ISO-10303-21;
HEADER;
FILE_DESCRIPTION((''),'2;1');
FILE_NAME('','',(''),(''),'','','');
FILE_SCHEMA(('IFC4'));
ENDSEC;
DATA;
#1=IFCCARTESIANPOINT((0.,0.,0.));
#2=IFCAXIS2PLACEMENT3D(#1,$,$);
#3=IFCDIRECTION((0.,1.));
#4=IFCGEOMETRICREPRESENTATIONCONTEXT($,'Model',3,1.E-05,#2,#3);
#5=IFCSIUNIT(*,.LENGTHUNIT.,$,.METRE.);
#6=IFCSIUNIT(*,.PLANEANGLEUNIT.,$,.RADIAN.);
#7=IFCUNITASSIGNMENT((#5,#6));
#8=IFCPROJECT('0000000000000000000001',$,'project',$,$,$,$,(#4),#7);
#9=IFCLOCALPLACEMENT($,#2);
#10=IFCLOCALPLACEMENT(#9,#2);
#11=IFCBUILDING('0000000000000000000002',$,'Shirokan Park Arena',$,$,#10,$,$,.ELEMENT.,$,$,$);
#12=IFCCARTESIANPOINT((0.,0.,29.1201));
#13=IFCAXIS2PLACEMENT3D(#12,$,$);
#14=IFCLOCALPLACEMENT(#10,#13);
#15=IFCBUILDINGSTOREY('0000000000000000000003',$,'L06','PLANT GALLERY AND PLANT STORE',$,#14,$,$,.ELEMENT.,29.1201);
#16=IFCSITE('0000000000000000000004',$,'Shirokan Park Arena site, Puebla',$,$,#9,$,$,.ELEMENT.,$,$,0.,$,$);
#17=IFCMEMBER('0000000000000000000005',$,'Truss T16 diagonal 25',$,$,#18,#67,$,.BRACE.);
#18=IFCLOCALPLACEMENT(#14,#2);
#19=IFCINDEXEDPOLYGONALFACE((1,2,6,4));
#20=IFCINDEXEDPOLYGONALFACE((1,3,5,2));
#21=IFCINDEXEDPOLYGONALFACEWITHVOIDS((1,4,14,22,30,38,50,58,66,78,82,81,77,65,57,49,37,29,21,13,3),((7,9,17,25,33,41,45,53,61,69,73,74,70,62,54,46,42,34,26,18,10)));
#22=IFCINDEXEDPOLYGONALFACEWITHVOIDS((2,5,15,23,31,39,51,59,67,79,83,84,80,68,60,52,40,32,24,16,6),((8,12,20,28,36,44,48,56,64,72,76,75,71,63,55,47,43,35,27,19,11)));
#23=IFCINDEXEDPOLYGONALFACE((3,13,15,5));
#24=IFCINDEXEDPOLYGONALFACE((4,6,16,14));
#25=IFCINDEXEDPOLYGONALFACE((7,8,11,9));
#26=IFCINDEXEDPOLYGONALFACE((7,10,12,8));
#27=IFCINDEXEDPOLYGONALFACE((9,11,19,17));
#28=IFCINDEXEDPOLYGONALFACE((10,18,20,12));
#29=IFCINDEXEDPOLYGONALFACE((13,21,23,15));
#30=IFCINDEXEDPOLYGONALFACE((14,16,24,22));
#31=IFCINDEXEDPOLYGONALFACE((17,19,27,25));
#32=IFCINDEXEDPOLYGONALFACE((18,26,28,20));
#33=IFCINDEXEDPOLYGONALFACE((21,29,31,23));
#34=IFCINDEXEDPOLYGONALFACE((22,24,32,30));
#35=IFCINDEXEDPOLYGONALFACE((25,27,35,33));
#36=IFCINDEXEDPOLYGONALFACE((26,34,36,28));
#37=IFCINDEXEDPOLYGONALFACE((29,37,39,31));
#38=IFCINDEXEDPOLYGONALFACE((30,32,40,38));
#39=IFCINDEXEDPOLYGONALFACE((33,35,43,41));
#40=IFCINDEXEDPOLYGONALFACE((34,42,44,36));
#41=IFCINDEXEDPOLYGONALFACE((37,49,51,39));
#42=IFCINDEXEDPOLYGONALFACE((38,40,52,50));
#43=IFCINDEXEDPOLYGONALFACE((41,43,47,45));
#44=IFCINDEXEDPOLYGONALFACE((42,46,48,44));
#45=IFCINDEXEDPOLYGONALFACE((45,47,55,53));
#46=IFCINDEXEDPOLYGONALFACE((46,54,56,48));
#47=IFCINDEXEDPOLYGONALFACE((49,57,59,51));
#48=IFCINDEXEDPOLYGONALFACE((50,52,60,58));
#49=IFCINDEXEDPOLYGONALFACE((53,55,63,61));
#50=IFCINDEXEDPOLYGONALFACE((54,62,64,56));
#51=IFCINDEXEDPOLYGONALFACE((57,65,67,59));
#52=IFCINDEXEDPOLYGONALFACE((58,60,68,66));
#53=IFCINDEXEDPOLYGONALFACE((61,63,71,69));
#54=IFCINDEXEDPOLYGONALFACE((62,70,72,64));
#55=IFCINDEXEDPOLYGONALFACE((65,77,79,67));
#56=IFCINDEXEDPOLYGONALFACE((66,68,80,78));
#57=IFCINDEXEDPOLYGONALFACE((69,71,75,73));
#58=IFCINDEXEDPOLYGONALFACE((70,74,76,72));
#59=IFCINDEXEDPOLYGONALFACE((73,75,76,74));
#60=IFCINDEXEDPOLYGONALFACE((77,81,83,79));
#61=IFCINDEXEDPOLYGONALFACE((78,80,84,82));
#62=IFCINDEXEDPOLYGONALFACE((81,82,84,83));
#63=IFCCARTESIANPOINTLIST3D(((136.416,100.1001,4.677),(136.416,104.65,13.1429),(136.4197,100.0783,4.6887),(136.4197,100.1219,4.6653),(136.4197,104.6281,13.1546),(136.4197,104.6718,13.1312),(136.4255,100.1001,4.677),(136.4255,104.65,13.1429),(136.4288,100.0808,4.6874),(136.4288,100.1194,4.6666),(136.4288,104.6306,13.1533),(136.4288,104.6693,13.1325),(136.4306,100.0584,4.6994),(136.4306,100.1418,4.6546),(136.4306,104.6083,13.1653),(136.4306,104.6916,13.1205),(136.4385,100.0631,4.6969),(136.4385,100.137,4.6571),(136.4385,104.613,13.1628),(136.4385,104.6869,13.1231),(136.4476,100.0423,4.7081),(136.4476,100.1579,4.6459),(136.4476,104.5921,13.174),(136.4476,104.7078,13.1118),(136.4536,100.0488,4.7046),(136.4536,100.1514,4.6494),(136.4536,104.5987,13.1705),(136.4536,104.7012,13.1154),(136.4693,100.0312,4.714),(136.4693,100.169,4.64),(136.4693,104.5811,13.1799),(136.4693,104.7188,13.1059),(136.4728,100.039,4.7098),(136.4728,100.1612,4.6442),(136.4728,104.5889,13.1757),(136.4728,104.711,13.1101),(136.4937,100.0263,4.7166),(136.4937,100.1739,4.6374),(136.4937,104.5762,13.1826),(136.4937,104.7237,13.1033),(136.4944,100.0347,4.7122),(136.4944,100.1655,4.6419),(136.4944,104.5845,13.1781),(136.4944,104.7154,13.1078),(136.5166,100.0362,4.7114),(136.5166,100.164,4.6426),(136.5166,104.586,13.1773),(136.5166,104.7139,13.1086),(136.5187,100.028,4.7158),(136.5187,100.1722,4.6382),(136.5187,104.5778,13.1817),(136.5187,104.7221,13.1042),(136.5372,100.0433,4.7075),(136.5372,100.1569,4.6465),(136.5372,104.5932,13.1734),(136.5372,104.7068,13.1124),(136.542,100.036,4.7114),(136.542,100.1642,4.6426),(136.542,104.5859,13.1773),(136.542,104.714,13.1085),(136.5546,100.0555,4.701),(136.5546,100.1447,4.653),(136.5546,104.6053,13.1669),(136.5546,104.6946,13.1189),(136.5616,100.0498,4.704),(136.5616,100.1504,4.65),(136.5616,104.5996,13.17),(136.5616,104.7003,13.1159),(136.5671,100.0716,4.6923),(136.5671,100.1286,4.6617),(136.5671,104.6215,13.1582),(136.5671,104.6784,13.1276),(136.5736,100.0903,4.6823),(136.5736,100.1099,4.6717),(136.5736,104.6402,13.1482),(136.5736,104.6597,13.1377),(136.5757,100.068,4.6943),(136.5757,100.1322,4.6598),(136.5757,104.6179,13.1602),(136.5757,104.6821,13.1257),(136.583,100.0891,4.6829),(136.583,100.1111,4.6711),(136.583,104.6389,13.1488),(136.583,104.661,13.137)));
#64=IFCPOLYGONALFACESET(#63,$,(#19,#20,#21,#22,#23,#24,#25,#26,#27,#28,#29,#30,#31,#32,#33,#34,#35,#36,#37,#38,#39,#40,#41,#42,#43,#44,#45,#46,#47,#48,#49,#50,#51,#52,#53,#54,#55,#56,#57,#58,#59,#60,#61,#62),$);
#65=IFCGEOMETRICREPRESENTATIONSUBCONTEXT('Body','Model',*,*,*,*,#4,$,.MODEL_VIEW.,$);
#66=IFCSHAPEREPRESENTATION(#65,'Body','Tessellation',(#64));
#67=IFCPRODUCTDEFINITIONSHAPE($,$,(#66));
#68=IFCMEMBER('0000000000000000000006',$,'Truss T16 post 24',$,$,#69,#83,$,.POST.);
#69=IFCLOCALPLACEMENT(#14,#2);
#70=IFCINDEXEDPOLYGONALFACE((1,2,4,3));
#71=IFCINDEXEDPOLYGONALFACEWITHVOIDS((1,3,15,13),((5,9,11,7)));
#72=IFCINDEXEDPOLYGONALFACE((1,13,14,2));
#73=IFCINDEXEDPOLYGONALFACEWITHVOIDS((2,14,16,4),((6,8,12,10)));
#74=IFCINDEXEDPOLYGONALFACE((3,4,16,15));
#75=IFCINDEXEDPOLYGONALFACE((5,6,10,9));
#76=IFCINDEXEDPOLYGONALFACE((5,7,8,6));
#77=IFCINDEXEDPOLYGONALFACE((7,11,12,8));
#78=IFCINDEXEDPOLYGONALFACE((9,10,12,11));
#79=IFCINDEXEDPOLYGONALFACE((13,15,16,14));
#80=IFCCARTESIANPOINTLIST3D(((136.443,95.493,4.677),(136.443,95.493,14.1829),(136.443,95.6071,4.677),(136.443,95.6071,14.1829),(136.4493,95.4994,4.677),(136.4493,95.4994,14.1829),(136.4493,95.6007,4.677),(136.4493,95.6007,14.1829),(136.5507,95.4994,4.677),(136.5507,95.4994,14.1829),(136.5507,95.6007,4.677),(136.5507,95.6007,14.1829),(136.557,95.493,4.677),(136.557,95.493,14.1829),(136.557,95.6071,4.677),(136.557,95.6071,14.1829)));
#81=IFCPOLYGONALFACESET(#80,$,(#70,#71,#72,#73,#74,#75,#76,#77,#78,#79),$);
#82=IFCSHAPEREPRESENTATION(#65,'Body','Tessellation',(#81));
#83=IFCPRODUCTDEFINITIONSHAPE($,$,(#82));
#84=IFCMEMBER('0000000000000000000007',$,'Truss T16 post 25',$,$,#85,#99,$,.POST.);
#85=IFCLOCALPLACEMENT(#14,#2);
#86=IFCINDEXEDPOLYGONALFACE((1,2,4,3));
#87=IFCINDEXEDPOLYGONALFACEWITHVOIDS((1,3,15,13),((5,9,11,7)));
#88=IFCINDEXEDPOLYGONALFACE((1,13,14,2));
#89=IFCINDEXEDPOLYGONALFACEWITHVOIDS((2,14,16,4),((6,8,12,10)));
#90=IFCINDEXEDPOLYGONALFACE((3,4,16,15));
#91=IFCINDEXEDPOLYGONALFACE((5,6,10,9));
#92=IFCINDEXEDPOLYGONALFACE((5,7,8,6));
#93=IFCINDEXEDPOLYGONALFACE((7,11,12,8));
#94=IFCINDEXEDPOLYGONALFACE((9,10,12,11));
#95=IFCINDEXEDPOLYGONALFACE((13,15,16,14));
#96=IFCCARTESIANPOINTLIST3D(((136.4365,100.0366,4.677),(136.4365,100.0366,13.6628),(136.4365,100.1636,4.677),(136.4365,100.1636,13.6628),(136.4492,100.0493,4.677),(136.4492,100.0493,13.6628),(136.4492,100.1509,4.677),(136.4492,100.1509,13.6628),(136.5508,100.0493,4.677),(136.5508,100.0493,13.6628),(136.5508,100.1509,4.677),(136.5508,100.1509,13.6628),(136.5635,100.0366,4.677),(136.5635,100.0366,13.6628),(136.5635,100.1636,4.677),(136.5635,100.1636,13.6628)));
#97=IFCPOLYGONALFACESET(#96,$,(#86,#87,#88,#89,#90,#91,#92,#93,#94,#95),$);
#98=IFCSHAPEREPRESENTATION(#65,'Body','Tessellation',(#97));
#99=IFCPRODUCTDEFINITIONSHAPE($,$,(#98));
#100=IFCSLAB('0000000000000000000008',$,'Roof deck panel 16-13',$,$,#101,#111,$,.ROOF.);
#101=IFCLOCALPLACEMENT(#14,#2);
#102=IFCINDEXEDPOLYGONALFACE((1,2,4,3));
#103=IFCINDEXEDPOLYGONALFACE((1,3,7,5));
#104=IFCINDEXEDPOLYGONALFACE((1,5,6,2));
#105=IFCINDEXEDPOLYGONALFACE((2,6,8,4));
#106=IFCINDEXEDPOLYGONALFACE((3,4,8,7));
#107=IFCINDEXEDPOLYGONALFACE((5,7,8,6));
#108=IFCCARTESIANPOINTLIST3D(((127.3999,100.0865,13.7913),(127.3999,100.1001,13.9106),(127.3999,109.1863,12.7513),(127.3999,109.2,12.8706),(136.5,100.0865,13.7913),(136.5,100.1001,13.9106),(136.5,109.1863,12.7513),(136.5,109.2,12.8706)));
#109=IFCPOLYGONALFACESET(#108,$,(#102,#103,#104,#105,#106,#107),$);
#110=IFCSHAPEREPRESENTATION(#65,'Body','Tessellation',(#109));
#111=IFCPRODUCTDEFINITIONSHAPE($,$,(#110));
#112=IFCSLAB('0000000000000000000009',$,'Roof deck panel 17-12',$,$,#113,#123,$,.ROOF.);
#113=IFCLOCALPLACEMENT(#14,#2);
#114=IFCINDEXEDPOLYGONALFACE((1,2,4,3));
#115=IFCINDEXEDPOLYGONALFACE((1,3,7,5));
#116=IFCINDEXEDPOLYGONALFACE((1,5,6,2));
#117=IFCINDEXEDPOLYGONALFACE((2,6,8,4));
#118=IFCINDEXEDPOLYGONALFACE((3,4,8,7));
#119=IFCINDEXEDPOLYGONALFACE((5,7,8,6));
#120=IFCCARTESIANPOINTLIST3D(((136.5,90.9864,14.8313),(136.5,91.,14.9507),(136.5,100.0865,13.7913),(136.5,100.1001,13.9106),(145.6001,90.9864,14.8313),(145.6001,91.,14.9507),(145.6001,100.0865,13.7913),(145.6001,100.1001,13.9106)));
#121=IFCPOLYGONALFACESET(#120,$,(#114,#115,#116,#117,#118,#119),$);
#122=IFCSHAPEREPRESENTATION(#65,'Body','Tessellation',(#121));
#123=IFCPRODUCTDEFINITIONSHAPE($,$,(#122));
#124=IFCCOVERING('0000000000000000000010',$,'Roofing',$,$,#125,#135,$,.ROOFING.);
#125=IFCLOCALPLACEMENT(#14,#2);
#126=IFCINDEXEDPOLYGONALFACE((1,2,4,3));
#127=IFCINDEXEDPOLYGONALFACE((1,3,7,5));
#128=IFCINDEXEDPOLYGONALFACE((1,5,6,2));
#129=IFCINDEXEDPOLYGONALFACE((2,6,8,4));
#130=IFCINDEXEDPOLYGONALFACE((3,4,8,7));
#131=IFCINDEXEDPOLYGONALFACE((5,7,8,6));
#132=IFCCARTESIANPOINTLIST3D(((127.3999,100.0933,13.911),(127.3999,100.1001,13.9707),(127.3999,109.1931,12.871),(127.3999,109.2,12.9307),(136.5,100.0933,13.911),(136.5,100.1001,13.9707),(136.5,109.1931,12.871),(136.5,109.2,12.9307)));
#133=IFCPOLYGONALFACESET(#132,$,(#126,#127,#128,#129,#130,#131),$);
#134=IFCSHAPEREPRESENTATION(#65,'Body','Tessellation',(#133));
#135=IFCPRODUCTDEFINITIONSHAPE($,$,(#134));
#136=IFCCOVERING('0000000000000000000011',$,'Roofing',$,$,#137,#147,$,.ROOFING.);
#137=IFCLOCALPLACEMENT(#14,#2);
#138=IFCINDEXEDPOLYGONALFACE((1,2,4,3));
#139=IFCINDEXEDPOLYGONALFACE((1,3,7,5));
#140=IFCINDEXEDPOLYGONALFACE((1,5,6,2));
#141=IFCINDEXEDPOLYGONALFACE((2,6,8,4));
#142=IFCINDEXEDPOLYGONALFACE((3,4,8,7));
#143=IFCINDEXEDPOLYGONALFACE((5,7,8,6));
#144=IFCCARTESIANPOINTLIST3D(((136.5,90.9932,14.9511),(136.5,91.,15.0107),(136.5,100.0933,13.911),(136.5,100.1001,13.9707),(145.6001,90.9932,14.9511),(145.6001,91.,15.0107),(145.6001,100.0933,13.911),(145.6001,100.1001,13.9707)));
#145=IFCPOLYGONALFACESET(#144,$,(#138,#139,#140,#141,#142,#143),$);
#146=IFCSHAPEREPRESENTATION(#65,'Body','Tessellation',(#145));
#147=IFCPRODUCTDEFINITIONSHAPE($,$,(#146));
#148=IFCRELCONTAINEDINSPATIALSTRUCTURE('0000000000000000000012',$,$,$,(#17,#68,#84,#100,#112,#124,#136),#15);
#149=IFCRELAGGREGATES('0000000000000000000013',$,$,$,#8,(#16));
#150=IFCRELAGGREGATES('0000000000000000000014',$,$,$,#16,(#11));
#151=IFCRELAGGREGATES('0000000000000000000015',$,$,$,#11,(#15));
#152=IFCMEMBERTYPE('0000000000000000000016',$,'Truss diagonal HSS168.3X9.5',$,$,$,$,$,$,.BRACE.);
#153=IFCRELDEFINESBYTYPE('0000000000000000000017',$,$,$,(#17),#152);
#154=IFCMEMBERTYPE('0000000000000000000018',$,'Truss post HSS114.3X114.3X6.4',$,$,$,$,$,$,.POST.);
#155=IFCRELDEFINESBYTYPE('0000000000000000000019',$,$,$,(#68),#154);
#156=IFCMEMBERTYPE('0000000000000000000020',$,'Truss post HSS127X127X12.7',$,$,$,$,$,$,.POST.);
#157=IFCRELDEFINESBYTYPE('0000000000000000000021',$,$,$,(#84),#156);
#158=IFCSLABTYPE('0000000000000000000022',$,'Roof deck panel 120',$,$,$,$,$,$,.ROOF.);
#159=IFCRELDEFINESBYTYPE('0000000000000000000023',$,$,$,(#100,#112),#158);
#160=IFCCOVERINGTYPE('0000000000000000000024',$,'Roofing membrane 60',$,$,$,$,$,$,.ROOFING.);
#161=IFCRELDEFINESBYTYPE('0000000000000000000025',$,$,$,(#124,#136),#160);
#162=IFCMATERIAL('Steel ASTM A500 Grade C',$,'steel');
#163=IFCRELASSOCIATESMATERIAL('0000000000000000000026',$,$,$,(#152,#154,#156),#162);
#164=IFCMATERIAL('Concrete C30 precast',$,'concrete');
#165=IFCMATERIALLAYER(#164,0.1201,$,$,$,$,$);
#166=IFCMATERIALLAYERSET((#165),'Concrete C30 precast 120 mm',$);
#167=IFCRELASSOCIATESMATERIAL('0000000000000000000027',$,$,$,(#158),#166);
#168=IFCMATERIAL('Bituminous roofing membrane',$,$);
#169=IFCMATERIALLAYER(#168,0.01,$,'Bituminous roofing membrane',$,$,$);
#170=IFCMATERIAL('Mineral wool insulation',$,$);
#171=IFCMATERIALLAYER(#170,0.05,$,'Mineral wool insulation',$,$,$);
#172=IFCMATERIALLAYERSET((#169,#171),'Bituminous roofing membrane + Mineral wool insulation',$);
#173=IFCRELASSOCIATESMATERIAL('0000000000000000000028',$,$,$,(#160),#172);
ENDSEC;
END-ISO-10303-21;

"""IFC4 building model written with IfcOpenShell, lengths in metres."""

from ifc_helpers import new_model, si_unit, direction, frame, origin, origin_2d, place, context, subcontext, project, spatial, polyline, hollow_rectangle, hollow_circle, outline, extrude, material, layer, layer_set, material_profile, profile_set, type_object, element, save


model = new_model("IFC4")

# Units and contexts
model_context = context("Model", 3, precision=1e-05, world=origin(), true_north=direction((0.0, 1.0)))
body_context = subcontext(model_context, "Body", "Model", "MODEL_VIEW")
ifc_project = project(units=[si_unit("LENGTHUNIT", "METRE"), si_unit("PLANEANGLEUNIT", "RADIAN")], contexts=[model_context])

# Site, building, storey
site_placement = place(None, origin())
site = spatial("IfcSite", under=ifc_project, at=site_placement, Name="Shirokan Park Arena site, Puebla", CompositionType="ELEMENT", RefElevation=0.0)
building_placement = place(site_placement, origin())
building = spatial("IfcBuilding", under=site, at=building_placement, Name="Shirokan Park Arena", CompositionType="ELEMENT")
storey_placement = place(building_placement, frame((0.0, 0.0, 29.1201)))
storey = spatial("IfcBuildingStorey", under=building, at=storey_placement, Name="L06", Description="PLANT GALLERY AND PLANT STORE", CompositionType="ELEMENT", Elevation=29.1201)

# Members
ifc_material_1 = material(Name="Steel ASTM A500 Grade C", Category="steel")
ifc_material_profile_1 = material_profile(ifc_material_1, hollow_circle(Radius=0.084, WallThickness=0.0095, at=origin_2d()), Name="HSS168.3X9.5")
ifc_profile_set_1 = profile_set([ifc_material_profile_1], Name="Steel ASTM A500 Grade C")
member_type_1 = type_object("IfcMemberType", Name="Truss diagonal HSS168.3X9.5", PredefinedType="BRACE", material=ifc_profile_set_1)
member_1_placement = place(storey_placement, frame((136.5, 100.1001, 4.677), z_axis=(0.0, 0.473397, 0.880849), x_axis=(-1.0, 0.0, 0.0)))
element("IfcMember", 1, at=member_1_placement, inside=storey, type_object=member_type_1, Name="Truss T16 diagonal 25", PredefinedType="BRACE", context=body_context, shape_type="SweptSolid", body=[
    extrude(hollow_circle(Radius=0.084, WallThickness=0.0095, at=origin_2d()), origin(), (0.0, 0.0, 1.0), 9.6111),
])
ifc_material_profile_2 = material_profile(ifc_material_1, hollow_rectangle(XDim=0.114, YDim=0.114, WallThickness=0.0063, at=origin_2d()), Name="HSS114.3X114.3X6.4")
ifc_profile_set_2 = profile_set([ifc_material_profile_2], Name="Steel ASTM A500 Grade C")
member_type_2 = type_object("IfcMemberType", Name="Truss post HSS114.3X114.3X6.4", PredefinedType="POST", material=ifc_profile_set_2)
member_2_placement = place(storey_placement, frame((136.5, 95.55, 4.677), z_axis=(0.0, 0.0, 1.0), x_axis=(1.0, 0.0, 0.0)))
element("IfcMember", 2, at=member_2_placement, inside=storey, type_object=member_type_2, Name="Truss T16 post 24", PredefinedType="POST", context=body_context, shape_type="SweptSolid", body=[
    extrude(hollow_rectangle(XDim=0.114, YDim=0.114, WallThickness=0.0063, at=origin_2d()), origin(), (0.0, 0.0, 1.0), 9.5059),
])
ifc_material_profile_3 = material_profile(ifc_material_1, hollow_rectangle(XDim=0.127, YDim=0.127, WallThickness=0.0127, at=origin_2d()), Name="HSS127X127X12.7")
ifc_profile_set_3 = profile_set([ifc_material_profile_3], Name="Steel ASTM A500 Grade C")
member_type_3 = type_object("IfcMemberType", Name="Truss post HSS127X127X12.7", PredefinedType="POST", material=ifc_profile_set_3)
member_3_placement = place(storey_placement, frame((136.5, 100.1001, 4.677), z_axis=(0.0, 0.0, 1.0), x_axis=(1.0, 0.0, 0.0)))
element("IfcMember", 3, at=member_3_placement, inside=storey, type_object=member_type_3, Name="Truss T16 post 25", PredefinedType="POST", context=body_context, shape_type="SweptSolid", body=[
    extrude(hollow_rectangle(XDim=0.127, YDim=0.127, WallThickness=0.0127, at=origin_2d()), origin(), (0.0, 0.0, 1.0), 8.9858),
])

# Slabs
ifc_material_2 = material(Name="Concrete C30 precast", Category="concrete")
ifc_layer_1 = layer(ifc_material_2, 0.1201)
ifc_layer_set_1 = layer_set([ifc_layer_1], Name="Concrete C30 precast 120 mm")
slab_type = type_object("IfcSlabType", Name="Roof deck panel 120", PredefinedType="ROOF", material=ifc_layer_set_1)
slab_1_placement = place(storey_placement, frame((127.3999, 100.1001, 13.9106), z_axis=(0.0, 0.113553, 0.993532), x_axis=(1.0, 0.0, 0.0)))
element("IfcSlab", 4, at=slab_1_placement, inside=storey, type_object=slab_type, Name="Roof deck panel 16-13", PredefinedType="ROOF", context=body_context, shape_type="SweptSolid", body=[
    extrude(outline(polyline([(0.0, 0.0), (9.1001, 0.0), (9.1001, 9.1591), (0.0, 9.1591), (0.0, 0.0)])), origin(), (0.0, 0.0, -1.0), 0.1201),
])
slab_2_placement = place(storey_placement, frame((136.5, 91.0, 14.9507), z_axis=(0.0, 0.11355, 0.993532), x_axis=(1.0, 0.0, 0.0)))
element("IfcSlab", 5, at=slab_2_placement, inside=storey, type_object=slab_type, Name="Roof deck panel 17-12", PredefinedType="ROOF", context=body_context, shape_type="SweptSolid", body=[
    extrude(outline(polyline([(0.0, 0.0), (9.1001, 0.0), (9.1001, 9.1593), (0.0, 9.1593), (0.0, 0.0)])), origin(), (0.0, 0.0, -1.0), 0.1201),
])

# Coverings
ifc_material_3 = material(Name="Bituminous roofing membrane")
ifc_layer_2 = layer(ifc_material_3, 0.01, Name="Bituminous roofing membrane")
ifc_material_4 = material(Name="Mineral wool insulation")
ifc_layer_3 = layer(ifc_material_4, 0.05, Name="Mineral wool insulation")
ifc_layer_set_2 = layer_set([ifc_layer_2, ifc_layer_3], Name="Bituminous roofing membrane + Mineral wool insulation")
covering_type = type_object("IfcCoveringType", Name="Roofing membrane 60", PredefinedType="ROOFING", material=ifc_layer_set_2)
covering_1_placement = place(storey_placement, frame((127.3999, 100.1001, 13.9707), z_axis=(0.0, 0.113553, 0.993532), x_axis=(1.0, 0.0, 0.0)))
element("IfcCovering", 6, at=covering_1_placement, inside=storey, type_object=covering_type, Name="Roofing", PredefinedType="ROOFING", context=body_context, shape_type="SweptSolid", body=[
    extrude(outline(polyline([(0.0, 0.0), (9.1001, 0.0), (9.1001, 9.1591), (0.0, 9.1591), (0.0, 0.0)])), origin(), (0.0, 0.0, -1.0), 0.0601),
])
covering_2_placement = place(storey_placement, frame((136.5, 91.0, 15.0107), z_axis=(0.0, 0.11355, 0.993532), x_axis=(1.0, 0.0, 0.0)))
element("IfcCovering", 7, at=covering_2_placement, inside=storey, type_object=covering_type, Name="Roofing", PredefinedType="ROOFING", context=body_context, shape_type="SweptSolid", body=[
    extrude(outline(polyline([(0.0, 0.0), (9.1001, 0.0), (9.1001, 9.1593), (0.0, 9.1593), (0.0, 0.0)])), origin(), (0.0, 0.0, -1.0), 0.0601),
])

save(model, "model.ifc")
